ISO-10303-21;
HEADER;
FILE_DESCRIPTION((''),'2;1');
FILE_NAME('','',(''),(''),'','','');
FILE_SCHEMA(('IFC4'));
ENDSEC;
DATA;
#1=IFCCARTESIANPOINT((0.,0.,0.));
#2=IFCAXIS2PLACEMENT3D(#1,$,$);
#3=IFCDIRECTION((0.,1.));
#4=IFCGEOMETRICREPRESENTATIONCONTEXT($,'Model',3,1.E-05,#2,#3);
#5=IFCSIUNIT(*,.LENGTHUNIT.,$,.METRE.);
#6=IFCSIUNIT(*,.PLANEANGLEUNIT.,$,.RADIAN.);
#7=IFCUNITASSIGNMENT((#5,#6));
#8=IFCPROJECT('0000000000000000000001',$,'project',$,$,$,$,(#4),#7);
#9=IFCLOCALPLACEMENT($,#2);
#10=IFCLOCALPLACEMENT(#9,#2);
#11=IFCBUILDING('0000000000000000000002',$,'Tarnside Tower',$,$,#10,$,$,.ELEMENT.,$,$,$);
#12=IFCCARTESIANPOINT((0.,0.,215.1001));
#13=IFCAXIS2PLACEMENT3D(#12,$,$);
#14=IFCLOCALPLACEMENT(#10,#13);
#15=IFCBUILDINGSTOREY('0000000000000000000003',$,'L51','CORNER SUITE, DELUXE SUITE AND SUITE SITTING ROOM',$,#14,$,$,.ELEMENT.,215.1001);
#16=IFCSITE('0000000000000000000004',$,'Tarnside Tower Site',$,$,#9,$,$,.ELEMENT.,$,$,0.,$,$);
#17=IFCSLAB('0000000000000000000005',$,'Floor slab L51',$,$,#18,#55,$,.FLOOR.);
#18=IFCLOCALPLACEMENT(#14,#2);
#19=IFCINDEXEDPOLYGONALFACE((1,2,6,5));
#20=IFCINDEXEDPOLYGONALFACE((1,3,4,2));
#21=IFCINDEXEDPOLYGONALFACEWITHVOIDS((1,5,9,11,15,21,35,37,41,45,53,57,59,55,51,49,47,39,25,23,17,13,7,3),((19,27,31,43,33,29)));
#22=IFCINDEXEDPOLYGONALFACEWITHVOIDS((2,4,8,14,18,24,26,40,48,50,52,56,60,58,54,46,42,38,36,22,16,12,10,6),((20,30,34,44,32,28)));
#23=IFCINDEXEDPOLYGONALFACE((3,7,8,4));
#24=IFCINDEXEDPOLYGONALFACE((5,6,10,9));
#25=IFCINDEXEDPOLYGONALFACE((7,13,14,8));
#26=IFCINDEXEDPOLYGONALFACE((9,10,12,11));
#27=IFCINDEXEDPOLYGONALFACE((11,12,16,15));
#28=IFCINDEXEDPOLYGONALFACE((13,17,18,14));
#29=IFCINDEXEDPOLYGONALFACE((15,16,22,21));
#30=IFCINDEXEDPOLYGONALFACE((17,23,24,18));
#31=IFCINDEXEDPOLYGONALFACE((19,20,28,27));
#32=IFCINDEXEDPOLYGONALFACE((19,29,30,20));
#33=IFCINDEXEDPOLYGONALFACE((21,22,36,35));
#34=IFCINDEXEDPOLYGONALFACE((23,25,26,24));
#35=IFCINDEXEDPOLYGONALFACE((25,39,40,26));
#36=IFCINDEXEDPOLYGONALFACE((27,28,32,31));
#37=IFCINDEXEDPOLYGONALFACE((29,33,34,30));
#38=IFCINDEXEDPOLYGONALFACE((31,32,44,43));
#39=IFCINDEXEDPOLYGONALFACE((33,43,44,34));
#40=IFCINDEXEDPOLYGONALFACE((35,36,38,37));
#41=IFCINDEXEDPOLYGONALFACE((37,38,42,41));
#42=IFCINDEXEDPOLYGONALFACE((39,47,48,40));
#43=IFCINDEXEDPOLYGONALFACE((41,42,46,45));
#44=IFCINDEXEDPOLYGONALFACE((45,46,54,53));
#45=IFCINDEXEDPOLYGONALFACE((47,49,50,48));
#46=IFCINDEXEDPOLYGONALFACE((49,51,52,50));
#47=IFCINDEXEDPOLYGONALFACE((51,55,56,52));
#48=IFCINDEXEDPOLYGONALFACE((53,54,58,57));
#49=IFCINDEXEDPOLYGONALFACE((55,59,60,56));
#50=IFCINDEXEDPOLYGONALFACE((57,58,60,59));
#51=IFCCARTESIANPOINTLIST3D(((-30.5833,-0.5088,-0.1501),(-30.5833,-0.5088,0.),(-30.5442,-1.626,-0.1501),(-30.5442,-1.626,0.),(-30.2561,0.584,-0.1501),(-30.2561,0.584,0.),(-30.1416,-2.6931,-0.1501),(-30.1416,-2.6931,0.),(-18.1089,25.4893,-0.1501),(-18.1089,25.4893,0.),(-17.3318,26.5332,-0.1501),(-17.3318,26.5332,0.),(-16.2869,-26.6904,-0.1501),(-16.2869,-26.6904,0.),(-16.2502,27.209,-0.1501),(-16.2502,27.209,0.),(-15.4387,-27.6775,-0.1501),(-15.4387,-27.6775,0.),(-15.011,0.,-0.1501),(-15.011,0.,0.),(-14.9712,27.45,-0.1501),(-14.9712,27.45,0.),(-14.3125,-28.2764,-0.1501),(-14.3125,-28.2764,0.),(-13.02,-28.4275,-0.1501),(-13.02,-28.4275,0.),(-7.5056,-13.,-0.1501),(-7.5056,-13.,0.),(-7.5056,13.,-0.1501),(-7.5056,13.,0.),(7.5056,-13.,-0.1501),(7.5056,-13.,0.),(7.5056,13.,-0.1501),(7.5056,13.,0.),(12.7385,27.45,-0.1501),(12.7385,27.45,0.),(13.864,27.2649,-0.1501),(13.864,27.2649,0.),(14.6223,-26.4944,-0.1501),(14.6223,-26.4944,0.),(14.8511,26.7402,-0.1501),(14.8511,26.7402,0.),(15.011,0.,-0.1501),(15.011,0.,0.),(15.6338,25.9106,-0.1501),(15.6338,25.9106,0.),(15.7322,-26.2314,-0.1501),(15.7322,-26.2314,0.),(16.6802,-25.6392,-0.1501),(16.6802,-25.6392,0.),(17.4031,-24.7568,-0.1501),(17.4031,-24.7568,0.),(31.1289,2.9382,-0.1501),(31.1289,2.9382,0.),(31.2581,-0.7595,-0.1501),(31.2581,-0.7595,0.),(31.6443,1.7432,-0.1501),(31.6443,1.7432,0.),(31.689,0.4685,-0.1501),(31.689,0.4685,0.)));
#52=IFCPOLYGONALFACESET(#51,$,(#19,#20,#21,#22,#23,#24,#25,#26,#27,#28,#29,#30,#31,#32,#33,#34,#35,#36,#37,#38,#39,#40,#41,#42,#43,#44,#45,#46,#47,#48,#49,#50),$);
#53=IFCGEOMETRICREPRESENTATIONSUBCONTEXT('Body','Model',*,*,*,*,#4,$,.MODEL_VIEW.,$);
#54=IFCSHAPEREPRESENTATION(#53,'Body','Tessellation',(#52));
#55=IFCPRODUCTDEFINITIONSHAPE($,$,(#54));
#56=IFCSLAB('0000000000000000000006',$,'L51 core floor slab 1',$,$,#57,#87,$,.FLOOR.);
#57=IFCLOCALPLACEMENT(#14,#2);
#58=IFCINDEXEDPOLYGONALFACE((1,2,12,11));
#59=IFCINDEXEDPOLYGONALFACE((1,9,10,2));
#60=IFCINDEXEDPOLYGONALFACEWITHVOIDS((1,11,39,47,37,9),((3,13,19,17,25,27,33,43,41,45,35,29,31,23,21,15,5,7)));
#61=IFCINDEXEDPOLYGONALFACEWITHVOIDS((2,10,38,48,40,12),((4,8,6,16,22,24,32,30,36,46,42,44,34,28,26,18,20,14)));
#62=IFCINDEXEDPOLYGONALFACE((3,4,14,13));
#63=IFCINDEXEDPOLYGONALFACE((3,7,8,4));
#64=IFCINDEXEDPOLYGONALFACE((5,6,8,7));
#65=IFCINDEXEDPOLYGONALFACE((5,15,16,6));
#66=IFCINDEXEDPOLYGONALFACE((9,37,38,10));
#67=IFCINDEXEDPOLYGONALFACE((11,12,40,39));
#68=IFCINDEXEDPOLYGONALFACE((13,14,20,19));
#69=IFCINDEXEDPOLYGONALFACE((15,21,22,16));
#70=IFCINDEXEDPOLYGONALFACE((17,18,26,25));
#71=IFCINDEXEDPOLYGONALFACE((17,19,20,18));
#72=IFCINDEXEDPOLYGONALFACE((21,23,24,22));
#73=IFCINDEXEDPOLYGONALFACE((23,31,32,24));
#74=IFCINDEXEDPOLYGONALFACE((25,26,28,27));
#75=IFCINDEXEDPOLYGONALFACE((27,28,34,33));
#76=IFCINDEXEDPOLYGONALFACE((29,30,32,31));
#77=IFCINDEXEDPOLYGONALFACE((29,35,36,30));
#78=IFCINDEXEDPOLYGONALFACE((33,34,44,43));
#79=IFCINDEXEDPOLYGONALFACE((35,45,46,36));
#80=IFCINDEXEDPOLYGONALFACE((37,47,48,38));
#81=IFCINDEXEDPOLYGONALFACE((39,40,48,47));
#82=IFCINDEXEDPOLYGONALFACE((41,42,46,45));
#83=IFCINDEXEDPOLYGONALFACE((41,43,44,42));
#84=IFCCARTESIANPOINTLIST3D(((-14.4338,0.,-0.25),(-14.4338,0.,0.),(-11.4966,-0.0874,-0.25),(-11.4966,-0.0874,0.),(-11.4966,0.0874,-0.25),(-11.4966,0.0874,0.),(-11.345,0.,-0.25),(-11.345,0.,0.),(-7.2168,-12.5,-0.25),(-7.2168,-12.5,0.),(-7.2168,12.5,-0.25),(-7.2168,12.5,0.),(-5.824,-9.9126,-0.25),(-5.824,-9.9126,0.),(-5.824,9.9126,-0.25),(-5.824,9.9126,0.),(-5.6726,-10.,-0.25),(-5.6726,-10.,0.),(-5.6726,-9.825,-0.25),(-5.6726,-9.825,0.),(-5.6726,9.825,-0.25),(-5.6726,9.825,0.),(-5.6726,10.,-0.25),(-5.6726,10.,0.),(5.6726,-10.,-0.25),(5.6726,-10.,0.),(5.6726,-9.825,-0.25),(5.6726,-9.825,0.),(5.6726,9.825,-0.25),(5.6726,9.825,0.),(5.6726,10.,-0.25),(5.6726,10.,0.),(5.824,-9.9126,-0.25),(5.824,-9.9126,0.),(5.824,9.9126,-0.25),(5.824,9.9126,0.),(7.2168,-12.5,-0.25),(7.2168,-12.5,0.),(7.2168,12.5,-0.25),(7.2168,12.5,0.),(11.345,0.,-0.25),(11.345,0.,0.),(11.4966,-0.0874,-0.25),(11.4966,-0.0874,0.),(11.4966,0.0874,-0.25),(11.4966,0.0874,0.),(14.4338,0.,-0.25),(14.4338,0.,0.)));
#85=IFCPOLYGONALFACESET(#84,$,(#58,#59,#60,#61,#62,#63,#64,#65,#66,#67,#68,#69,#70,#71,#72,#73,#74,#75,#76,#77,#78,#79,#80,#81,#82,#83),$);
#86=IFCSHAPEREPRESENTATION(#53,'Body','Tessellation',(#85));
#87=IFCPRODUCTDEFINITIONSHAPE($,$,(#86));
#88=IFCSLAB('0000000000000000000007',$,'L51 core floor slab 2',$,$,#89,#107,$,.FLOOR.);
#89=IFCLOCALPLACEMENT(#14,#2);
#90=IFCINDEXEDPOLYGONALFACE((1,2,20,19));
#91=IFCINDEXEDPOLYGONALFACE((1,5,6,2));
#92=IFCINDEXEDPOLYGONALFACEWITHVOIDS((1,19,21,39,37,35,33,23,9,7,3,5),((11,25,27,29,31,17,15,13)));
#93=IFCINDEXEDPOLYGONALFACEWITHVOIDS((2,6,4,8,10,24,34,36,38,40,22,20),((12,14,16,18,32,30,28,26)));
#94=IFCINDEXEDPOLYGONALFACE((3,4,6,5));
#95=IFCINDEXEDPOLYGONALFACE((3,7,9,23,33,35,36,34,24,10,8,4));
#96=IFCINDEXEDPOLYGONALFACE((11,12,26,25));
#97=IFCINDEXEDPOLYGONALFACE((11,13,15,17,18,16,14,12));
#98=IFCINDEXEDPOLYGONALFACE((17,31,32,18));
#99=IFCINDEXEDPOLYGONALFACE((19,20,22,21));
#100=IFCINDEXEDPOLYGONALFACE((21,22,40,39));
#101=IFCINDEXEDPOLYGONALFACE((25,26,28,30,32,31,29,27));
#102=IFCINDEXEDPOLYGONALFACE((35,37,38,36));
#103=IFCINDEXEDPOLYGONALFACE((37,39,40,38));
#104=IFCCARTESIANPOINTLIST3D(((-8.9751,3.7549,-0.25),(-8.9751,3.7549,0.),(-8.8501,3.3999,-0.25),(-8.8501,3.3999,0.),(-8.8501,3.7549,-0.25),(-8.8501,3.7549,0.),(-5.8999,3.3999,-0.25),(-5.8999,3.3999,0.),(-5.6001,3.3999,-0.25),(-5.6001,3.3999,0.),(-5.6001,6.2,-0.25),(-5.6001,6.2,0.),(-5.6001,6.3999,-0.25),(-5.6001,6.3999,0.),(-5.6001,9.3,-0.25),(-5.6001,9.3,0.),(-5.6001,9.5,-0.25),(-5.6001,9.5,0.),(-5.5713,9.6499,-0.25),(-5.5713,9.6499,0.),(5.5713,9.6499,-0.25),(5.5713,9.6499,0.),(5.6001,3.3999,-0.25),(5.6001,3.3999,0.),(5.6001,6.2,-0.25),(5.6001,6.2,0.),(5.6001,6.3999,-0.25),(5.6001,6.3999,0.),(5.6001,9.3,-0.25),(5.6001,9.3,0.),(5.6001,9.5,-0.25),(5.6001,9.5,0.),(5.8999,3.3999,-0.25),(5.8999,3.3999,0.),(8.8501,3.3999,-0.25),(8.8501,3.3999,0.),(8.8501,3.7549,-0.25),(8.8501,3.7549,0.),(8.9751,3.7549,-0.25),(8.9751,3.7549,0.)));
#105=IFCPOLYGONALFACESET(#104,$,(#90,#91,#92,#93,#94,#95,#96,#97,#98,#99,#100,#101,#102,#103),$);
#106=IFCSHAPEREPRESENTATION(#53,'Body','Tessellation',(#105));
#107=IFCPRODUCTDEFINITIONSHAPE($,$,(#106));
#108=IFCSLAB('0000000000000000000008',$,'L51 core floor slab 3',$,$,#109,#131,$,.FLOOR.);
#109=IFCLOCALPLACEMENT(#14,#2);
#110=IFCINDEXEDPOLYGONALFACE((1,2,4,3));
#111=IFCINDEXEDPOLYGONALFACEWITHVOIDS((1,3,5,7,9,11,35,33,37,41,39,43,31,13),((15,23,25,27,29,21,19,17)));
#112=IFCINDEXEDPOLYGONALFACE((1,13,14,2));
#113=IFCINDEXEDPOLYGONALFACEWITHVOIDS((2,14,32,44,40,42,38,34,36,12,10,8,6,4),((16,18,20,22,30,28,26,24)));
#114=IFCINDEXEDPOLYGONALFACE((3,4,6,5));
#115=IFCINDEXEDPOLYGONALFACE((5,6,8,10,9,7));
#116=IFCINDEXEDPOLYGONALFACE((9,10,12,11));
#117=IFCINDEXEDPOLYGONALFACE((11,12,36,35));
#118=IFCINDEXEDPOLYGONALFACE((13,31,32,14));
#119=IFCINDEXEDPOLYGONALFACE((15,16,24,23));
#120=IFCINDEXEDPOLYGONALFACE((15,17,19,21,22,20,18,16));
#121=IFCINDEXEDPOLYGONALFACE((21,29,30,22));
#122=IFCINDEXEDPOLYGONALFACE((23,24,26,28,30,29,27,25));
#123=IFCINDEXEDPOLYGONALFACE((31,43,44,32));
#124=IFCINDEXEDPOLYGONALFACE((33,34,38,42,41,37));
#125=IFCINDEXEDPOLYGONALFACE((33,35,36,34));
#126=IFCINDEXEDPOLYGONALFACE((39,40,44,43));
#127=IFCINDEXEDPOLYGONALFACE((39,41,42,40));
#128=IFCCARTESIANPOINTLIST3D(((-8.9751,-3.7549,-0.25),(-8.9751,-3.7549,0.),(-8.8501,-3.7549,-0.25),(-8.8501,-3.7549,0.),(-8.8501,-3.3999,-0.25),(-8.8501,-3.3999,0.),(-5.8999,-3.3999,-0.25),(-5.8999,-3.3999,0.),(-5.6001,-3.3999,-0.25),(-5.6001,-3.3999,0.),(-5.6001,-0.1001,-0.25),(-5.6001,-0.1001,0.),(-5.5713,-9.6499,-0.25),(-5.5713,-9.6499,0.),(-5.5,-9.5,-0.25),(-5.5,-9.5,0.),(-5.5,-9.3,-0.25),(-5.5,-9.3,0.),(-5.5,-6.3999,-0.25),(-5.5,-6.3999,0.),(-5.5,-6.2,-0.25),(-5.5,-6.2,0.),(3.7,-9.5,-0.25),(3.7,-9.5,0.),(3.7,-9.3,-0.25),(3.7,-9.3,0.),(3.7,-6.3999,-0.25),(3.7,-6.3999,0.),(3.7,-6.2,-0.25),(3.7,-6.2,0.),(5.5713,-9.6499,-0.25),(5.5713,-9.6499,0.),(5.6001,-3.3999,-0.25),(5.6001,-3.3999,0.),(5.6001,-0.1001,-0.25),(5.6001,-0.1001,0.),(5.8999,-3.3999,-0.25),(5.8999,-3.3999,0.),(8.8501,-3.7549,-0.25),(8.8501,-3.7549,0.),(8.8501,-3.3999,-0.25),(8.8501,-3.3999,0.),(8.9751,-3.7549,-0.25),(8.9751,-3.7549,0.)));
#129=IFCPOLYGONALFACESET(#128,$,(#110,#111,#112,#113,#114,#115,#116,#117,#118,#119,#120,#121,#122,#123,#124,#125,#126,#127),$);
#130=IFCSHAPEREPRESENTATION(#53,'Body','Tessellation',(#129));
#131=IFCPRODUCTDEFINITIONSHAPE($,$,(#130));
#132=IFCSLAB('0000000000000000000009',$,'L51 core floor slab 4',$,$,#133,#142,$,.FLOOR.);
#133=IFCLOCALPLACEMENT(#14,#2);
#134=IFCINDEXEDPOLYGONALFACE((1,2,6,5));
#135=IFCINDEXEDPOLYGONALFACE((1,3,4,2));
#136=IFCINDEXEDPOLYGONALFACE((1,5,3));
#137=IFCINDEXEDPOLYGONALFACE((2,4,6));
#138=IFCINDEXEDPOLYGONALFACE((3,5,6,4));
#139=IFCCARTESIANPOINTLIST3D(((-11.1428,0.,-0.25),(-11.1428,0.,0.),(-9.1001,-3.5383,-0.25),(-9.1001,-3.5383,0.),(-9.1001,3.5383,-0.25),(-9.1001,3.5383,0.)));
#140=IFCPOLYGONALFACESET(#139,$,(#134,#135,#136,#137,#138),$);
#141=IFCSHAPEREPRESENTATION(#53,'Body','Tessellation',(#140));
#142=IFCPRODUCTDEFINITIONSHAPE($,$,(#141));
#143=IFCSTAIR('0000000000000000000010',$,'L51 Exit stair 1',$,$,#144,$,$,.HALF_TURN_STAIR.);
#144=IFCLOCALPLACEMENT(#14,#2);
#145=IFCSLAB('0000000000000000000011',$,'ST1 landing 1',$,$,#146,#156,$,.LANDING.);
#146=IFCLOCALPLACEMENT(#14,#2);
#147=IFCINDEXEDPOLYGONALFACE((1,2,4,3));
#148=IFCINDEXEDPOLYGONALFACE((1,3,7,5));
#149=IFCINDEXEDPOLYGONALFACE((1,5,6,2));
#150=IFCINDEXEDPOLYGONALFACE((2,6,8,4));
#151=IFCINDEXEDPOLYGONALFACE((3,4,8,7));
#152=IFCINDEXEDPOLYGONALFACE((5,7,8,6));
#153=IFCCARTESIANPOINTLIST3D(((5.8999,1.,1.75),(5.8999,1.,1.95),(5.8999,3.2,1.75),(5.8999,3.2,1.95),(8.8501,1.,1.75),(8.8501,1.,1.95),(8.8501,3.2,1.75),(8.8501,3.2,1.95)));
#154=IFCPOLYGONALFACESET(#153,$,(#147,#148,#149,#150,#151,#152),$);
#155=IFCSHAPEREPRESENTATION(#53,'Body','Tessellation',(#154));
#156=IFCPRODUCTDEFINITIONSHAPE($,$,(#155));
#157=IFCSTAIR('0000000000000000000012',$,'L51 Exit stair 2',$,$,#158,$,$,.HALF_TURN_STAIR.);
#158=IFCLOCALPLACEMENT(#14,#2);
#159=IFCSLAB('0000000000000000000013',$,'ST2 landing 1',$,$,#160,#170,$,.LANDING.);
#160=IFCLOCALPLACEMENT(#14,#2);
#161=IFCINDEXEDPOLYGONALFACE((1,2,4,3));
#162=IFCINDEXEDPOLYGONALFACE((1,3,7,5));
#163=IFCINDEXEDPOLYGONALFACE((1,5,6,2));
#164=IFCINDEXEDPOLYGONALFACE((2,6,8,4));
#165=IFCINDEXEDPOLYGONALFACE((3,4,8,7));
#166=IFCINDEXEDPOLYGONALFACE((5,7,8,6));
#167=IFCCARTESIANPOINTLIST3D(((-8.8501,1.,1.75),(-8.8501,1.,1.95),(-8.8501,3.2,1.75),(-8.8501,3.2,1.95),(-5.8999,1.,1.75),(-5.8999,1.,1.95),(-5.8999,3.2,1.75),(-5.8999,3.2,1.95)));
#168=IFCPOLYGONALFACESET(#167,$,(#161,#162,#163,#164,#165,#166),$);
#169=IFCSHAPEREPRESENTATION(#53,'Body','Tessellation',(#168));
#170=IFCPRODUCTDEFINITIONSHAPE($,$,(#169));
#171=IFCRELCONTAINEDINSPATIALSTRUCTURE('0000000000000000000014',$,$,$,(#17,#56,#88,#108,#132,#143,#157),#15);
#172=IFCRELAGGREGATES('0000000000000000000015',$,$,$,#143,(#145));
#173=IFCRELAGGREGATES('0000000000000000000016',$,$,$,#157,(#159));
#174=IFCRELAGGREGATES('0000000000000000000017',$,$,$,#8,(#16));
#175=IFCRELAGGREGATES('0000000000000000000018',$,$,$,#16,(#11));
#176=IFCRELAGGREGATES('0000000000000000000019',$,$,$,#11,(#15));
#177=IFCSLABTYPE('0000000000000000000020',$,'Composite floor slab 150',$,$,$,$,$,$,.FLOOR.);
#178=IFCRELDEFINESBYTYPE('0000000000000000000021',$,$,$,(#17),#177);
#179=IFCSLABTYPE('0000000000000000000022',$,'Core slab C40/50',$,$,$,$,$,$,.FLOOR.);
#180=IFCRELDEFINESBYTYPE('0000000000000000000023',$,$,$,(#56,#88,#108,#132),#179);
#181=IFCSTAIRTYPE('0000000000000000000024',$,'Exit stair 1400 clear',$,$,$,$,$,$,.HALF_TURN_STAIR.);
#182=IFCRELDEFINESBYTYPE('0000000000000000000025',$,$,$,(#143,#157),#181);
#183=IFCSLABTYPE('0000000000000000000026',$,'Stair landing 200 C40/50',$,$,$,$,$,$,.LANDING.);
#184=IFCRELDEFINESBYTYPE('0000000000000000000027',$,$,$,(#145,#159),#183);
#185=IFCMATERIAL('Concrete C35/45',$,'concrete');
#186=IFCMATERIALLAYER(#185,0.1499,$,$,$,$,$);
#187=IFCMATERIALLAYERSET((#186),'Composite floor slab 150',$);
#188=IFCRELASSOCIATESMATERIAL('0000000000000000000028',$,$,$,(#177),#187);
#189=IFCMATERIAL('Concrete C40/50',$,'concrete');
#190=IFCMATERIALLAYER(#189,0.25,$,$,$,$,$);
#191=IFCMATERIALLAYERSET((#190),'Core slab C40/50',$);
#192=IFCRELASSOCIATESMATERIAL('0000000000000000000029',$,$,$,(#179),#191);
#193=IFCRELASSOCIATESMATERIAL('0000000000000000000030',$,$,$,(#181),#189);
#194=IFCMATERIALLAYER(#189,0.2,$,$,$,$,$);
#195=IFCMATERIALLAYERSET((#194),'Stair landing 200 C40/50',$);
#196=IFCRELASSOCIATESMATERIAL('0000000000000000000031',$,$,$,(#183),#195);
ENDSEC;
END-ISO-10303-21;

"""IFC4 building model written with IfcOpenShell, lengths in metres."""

from ifc_helpers import new_model, si_unit, direction, frame, origin, place, context, subcontext, project, spatial, polyline, outline, extrude, material, layer, layer_set, type_object, element, aggregate, save


model = new_model("IFC4")

# Units and contexts
model_context = context("Model", 3, precision=1e-05, world=origin(), true_north=direction((0.0, 1.0)))
body_context = subcontext(model_context, "Body", "Model", "MODEL_VIEW")
ifc_project = project(units=[si_unit("LENGTHUNIT", "METRE"), si_unit("PLANEANGLEUNIT", "RADIAN")], contexts=[model_context])

# Site, building, storey
site_placement = place(None, origin())
site = spatial("IfcSite", under=ifc_project, at=site_placement, Name="Tarnside Tower Site", CompositionType="ELEMENT", RefElevation=0.0)
building_placement = place(site_placement, origin())
building = spatial("IfcBuilding", under=site, at=building_placement, Name="Tarnside Tower", CompositionType="ELEMENT")
storey_placement = place(building_placement, frame((0.0, 0.0, 215.1001)))
storey = spatial("IfcBuildingStorey", under=building, at=storey_placement, Name="L51", Description="CORNER SUITE, DELUXE SUITE AND SUITE SITTING ROOM", CompositionType="ELEMENT", Elevation=215.1001)

# Slabs
ifc_material_1 = material(Name="Concrete C35/45", Category="concrete")
ifc_layer_1 = layer(ifc_material_1, 0.1499)
ifc_layer_set_1 = layer_set([ifc_layer_1], Name="Composite floor slab 150")
slab_type_1 = type_object("IfcSlabType", Name="Composite floor slab 150", PredefinedType="FLOOR", material=ifc_layer_set_1)
slab_1_placement = place(storey_placement, frame((0.0, 0.0, -0.1501)))
element("IfcSlab", 1, at=slab_1_placement, inside=storey, type_object=slab_type_1, Name="Floor slab L51", PredefinedType="FLOOR", context=body_context, shape_type="SweptSolid", body=[
    extrude(outline(polyline([(13.864, 27.2649), (14.8511, 26.7402), (15.6338, 25.9106), (31.1289, 2.9382), (31.6443, 1.7432), (31.689, 0.4685), (31.2581, -0.7595), (17.4031, -24.7568), (16.6802, -25.6392), (15.7322, -26.2314), (14.6223, -26.4944), (-13.02, -28.4275), (-14.3125, -28.2764), (-15.4387, -27.6775), (-16.2869, -26.6904), (-30.1416, -2.6931), (-30.5442, -1.626), (-30.5833, -0.5088), (-30.2561, 0.584), (-18.1089, 25.4893), (-17.3318, 26.5332), (-16.2502, 27.209), (-14.9712, 27.45), (12.7385, 27.45), (13.864, 27.2649)]), holes=[polyline([(-15.011, 0.0), (-7.5056, -13.0), (7.5056, -13.0), (15.011, 0.0), (7.5056, 13.0), (-7.5056, 13.0), (-15.011, 0.0)])]), origin(), (0.0, 0.0, 1.0), 0.1501),
])
ifc_material_2 = material(Name="Concrete C40/50", Category="concrete")
ifc_layer_2 = layer(ifc_material_2, 0.25)
ifc_layer_set_2 = layer_set([ifc_layer_2], Name="Core slab C40/50")
slab_type_2 = type_object("IfcSlabType", Name="Core slab C40/50", PredefinedType="FLOOR", material=ifc_layer_set_2)
slab_2_placement = place(storey_placement, frame((0.0, 0.0, -0.25)))
element("IfcSlab", 2, at=slab_2_placement, inside=storey, type_object=slab_type_2, Name="L51 core floor slab 1", PredefinedType="FLOOR", context=body_context, shape_type="SweptSolid", body=[
    extrude(outline(polyline([(-7.2168, 12.5), (7.2168, 12.5), (14.4338, 0.0), (7.2168, -12.5), (-7.2168, -12.5), (-14.4338, 0.0), (-7.2168, 12.5)]), holes=[polyline([(5.824, -9.9126), (11.4966, -0.0874), (11.345, 0.0), (11.4966, 0.0874), (5.824, 9.9126), (5.6726, 9.825), (5.6726, 10.0), (-5.6726, 10.0), (-5.6726, 9.825), (-5.824, 9.9126), (-11.4966, 0.0874), (-11.345, 0.0), (-11.4966, -0.0874), (-5.824, -9.9126), (-5.6726, -9.825), (-5.6726, -10.0), (5.6726, -10.0), (5.6726, -9.825), (5.824, -9.9126)])]), origin(), (0.0, 0.0, 1.0), 0.25),
])
slab_3_placement = place(storey_placement, frame((0.0, 0.0, -0.25)))
element("IfcSlab", 3, at=slab_3_placement, inside=storey, type_object=slab_type_2, Name="L51 core floor slab 2", PredefinedType="FLOOR", context=body_context, shape_type="SweptSolid", body=[
    extrude(outline(polyline([(-8.9751, 3.7549), (-5.5713, 9.6499), (5.5713, 9.6499), (8.9751, 3.7549), (8.8501, 3.7549), (8.8501, 3.3999), (5.8999, 3.3999), (5.6001, 3.3999), (5.6001, 3.3999), (-5.6001, 3.3999), (-5.8999, 3.3999), (-8.8501, 3.3999), (-8.8501, 3.7549), (-8.9751, 3.7549)]), holes=[polyline([(-5.6001, 6.2), (5.6001, 6.2), (5.6001, 6.3999), (5.6001, 9.3), (5.6001, 9.5), (-5.6001, 9.5), (-5.6001, 9.3), (-5.6001, 6.3999), (-5.6001, 6.2)])]), origin(), (0.0, 0.0, 1.0), 0.25),
])
slab_4_placement = place(storey_placement, frame((0.0, 0.0, -0.25)))
element("IfcSlab", 4, at=slab_4_placement, inside=storey, type_object=slab_type_2, Name="L51 core floor slab 3", PredefinedType="FLOOR", context=body_context, shape_type="SweptSolid", body=[
    extrude(outline(polyline([(5.6001, -3.3999), (5.8999, -3.3999), (8.8501, -3.3999), (8.8501, -3.7549), (8.9751, -3.7549), (5.5713, -9.6499), (-5.5713, -9.6499), (-8.9751, -3.7549), (-8.8501, -3.7549), (-8.8501, -3.3999), (-5.8999, -3.3999), (-5.6001, -3.3999), (-5.6001, -0.1001), (5.6001, -0.1001), (5.6001, -3.3999)]), holes=[polyline([(-5.5, -9.3), (-5.5, -9.5), (3.7, -9.5), (3.7, -9.3), (3.7, -6.3999), (3.7, -6.2), (-5.5, -6.2), (-5.5, -6.3999), (-5.5, -9.3)])]), origin(), (0.0, 0.0, 1.0), 0.25),
])
slab_5_placement = place(storey_placement, frame((0.0, 0.0, -0.25)))
element("IfcSlab", 5, at=slab_5_placement, inside=storey, type_object=slab_type_2, Name="L51 core floor slab 4", PredefinedType="FLOOR", context=body_context, shape_type="SweptSolid", body=[
    extrude(outline(polyline([(-11.1428, 0.0), (-9.1001, 3.5383), (-9.1001, -3.5383), (-11.1428, 0.0)])), origin(), (0.0, 0.0, 1.0), 0.25),
])

# Stairs, slabs
stair_type = type_object("IfcStairType", Name="Exit stair 1400 clear", PredefinedType="HALF_TURN_STAIR", material=ifc_material_2)
stair_1_placement = place(storey_placement, origin())
stair_1 = element("IfcStair", 6, at=stair_1_placement, inside=storey, type_object=stair_type, Name="L51 Exit stair 1", PredefinedType="HALF_TURN_STAIR")
ifc_layer_3 = layer(ifc_material_2, 0.2)
ifc_layer_set_3 = layer_set([ifc_layer_3], Name="Stair landing 200 C40/50")
slab_type_3 = type_object("IfcSlabType", Name="Stair landing 200 C40/50", PredefinedType="LANDING", material=ifc_layer_set_3)
slab_6_placement = place(storey_placement, frame((0.0, 0.0, 1.75)))
slab_6 = element("IfcSlab", 7, at=slab_6_placement, type_object=slab_type_3, Name="ST1 landing 1", PredefinedType="LANDING", context=body_context, shape_type="SweptSolid", body=[
    extrude(outline(polyline([(8.8501, 1.0), (8.8501, 3.2), (5.8999, 3.2), (5.8999, 1.0), (8.8501, 1.0)])), origin(), (0.0, 0.0, 1.0), 0.2),
])
aggregate(stair_1, [slab_6])
stair_2_placement = place(storey_placement, origin())
stair_2 = element("IfcStair", 8, at=stair_2_placement, inside=storey, type_object=stair_type, Name="L51 Exit stair 2", PredefinedType="HALF_TURN_STAIR")
slab_7_placement = place(storey_placement, frame((0.0, 0.0, 1.75)))
slab_7 = element("IfcSlab", 9, at=slab_7_placement, type_object=slab_type_3, Name="ST2 landing 1", PredefinedType="LANDING", context=body_context, shape_type="SweptSolid", body=[
    extrude(outline(polyline([(-5.8999, 1.0), (-5.8999, 3.2), (-8.8501, 3.2), (-8.8501, 1.0), (-5.8999, 1.0)])), origin(), (0.0, 0.0, 1.0), 0.2),
])

aggregate(stair_2, [slab_7])

save(model, "model.ifc")
